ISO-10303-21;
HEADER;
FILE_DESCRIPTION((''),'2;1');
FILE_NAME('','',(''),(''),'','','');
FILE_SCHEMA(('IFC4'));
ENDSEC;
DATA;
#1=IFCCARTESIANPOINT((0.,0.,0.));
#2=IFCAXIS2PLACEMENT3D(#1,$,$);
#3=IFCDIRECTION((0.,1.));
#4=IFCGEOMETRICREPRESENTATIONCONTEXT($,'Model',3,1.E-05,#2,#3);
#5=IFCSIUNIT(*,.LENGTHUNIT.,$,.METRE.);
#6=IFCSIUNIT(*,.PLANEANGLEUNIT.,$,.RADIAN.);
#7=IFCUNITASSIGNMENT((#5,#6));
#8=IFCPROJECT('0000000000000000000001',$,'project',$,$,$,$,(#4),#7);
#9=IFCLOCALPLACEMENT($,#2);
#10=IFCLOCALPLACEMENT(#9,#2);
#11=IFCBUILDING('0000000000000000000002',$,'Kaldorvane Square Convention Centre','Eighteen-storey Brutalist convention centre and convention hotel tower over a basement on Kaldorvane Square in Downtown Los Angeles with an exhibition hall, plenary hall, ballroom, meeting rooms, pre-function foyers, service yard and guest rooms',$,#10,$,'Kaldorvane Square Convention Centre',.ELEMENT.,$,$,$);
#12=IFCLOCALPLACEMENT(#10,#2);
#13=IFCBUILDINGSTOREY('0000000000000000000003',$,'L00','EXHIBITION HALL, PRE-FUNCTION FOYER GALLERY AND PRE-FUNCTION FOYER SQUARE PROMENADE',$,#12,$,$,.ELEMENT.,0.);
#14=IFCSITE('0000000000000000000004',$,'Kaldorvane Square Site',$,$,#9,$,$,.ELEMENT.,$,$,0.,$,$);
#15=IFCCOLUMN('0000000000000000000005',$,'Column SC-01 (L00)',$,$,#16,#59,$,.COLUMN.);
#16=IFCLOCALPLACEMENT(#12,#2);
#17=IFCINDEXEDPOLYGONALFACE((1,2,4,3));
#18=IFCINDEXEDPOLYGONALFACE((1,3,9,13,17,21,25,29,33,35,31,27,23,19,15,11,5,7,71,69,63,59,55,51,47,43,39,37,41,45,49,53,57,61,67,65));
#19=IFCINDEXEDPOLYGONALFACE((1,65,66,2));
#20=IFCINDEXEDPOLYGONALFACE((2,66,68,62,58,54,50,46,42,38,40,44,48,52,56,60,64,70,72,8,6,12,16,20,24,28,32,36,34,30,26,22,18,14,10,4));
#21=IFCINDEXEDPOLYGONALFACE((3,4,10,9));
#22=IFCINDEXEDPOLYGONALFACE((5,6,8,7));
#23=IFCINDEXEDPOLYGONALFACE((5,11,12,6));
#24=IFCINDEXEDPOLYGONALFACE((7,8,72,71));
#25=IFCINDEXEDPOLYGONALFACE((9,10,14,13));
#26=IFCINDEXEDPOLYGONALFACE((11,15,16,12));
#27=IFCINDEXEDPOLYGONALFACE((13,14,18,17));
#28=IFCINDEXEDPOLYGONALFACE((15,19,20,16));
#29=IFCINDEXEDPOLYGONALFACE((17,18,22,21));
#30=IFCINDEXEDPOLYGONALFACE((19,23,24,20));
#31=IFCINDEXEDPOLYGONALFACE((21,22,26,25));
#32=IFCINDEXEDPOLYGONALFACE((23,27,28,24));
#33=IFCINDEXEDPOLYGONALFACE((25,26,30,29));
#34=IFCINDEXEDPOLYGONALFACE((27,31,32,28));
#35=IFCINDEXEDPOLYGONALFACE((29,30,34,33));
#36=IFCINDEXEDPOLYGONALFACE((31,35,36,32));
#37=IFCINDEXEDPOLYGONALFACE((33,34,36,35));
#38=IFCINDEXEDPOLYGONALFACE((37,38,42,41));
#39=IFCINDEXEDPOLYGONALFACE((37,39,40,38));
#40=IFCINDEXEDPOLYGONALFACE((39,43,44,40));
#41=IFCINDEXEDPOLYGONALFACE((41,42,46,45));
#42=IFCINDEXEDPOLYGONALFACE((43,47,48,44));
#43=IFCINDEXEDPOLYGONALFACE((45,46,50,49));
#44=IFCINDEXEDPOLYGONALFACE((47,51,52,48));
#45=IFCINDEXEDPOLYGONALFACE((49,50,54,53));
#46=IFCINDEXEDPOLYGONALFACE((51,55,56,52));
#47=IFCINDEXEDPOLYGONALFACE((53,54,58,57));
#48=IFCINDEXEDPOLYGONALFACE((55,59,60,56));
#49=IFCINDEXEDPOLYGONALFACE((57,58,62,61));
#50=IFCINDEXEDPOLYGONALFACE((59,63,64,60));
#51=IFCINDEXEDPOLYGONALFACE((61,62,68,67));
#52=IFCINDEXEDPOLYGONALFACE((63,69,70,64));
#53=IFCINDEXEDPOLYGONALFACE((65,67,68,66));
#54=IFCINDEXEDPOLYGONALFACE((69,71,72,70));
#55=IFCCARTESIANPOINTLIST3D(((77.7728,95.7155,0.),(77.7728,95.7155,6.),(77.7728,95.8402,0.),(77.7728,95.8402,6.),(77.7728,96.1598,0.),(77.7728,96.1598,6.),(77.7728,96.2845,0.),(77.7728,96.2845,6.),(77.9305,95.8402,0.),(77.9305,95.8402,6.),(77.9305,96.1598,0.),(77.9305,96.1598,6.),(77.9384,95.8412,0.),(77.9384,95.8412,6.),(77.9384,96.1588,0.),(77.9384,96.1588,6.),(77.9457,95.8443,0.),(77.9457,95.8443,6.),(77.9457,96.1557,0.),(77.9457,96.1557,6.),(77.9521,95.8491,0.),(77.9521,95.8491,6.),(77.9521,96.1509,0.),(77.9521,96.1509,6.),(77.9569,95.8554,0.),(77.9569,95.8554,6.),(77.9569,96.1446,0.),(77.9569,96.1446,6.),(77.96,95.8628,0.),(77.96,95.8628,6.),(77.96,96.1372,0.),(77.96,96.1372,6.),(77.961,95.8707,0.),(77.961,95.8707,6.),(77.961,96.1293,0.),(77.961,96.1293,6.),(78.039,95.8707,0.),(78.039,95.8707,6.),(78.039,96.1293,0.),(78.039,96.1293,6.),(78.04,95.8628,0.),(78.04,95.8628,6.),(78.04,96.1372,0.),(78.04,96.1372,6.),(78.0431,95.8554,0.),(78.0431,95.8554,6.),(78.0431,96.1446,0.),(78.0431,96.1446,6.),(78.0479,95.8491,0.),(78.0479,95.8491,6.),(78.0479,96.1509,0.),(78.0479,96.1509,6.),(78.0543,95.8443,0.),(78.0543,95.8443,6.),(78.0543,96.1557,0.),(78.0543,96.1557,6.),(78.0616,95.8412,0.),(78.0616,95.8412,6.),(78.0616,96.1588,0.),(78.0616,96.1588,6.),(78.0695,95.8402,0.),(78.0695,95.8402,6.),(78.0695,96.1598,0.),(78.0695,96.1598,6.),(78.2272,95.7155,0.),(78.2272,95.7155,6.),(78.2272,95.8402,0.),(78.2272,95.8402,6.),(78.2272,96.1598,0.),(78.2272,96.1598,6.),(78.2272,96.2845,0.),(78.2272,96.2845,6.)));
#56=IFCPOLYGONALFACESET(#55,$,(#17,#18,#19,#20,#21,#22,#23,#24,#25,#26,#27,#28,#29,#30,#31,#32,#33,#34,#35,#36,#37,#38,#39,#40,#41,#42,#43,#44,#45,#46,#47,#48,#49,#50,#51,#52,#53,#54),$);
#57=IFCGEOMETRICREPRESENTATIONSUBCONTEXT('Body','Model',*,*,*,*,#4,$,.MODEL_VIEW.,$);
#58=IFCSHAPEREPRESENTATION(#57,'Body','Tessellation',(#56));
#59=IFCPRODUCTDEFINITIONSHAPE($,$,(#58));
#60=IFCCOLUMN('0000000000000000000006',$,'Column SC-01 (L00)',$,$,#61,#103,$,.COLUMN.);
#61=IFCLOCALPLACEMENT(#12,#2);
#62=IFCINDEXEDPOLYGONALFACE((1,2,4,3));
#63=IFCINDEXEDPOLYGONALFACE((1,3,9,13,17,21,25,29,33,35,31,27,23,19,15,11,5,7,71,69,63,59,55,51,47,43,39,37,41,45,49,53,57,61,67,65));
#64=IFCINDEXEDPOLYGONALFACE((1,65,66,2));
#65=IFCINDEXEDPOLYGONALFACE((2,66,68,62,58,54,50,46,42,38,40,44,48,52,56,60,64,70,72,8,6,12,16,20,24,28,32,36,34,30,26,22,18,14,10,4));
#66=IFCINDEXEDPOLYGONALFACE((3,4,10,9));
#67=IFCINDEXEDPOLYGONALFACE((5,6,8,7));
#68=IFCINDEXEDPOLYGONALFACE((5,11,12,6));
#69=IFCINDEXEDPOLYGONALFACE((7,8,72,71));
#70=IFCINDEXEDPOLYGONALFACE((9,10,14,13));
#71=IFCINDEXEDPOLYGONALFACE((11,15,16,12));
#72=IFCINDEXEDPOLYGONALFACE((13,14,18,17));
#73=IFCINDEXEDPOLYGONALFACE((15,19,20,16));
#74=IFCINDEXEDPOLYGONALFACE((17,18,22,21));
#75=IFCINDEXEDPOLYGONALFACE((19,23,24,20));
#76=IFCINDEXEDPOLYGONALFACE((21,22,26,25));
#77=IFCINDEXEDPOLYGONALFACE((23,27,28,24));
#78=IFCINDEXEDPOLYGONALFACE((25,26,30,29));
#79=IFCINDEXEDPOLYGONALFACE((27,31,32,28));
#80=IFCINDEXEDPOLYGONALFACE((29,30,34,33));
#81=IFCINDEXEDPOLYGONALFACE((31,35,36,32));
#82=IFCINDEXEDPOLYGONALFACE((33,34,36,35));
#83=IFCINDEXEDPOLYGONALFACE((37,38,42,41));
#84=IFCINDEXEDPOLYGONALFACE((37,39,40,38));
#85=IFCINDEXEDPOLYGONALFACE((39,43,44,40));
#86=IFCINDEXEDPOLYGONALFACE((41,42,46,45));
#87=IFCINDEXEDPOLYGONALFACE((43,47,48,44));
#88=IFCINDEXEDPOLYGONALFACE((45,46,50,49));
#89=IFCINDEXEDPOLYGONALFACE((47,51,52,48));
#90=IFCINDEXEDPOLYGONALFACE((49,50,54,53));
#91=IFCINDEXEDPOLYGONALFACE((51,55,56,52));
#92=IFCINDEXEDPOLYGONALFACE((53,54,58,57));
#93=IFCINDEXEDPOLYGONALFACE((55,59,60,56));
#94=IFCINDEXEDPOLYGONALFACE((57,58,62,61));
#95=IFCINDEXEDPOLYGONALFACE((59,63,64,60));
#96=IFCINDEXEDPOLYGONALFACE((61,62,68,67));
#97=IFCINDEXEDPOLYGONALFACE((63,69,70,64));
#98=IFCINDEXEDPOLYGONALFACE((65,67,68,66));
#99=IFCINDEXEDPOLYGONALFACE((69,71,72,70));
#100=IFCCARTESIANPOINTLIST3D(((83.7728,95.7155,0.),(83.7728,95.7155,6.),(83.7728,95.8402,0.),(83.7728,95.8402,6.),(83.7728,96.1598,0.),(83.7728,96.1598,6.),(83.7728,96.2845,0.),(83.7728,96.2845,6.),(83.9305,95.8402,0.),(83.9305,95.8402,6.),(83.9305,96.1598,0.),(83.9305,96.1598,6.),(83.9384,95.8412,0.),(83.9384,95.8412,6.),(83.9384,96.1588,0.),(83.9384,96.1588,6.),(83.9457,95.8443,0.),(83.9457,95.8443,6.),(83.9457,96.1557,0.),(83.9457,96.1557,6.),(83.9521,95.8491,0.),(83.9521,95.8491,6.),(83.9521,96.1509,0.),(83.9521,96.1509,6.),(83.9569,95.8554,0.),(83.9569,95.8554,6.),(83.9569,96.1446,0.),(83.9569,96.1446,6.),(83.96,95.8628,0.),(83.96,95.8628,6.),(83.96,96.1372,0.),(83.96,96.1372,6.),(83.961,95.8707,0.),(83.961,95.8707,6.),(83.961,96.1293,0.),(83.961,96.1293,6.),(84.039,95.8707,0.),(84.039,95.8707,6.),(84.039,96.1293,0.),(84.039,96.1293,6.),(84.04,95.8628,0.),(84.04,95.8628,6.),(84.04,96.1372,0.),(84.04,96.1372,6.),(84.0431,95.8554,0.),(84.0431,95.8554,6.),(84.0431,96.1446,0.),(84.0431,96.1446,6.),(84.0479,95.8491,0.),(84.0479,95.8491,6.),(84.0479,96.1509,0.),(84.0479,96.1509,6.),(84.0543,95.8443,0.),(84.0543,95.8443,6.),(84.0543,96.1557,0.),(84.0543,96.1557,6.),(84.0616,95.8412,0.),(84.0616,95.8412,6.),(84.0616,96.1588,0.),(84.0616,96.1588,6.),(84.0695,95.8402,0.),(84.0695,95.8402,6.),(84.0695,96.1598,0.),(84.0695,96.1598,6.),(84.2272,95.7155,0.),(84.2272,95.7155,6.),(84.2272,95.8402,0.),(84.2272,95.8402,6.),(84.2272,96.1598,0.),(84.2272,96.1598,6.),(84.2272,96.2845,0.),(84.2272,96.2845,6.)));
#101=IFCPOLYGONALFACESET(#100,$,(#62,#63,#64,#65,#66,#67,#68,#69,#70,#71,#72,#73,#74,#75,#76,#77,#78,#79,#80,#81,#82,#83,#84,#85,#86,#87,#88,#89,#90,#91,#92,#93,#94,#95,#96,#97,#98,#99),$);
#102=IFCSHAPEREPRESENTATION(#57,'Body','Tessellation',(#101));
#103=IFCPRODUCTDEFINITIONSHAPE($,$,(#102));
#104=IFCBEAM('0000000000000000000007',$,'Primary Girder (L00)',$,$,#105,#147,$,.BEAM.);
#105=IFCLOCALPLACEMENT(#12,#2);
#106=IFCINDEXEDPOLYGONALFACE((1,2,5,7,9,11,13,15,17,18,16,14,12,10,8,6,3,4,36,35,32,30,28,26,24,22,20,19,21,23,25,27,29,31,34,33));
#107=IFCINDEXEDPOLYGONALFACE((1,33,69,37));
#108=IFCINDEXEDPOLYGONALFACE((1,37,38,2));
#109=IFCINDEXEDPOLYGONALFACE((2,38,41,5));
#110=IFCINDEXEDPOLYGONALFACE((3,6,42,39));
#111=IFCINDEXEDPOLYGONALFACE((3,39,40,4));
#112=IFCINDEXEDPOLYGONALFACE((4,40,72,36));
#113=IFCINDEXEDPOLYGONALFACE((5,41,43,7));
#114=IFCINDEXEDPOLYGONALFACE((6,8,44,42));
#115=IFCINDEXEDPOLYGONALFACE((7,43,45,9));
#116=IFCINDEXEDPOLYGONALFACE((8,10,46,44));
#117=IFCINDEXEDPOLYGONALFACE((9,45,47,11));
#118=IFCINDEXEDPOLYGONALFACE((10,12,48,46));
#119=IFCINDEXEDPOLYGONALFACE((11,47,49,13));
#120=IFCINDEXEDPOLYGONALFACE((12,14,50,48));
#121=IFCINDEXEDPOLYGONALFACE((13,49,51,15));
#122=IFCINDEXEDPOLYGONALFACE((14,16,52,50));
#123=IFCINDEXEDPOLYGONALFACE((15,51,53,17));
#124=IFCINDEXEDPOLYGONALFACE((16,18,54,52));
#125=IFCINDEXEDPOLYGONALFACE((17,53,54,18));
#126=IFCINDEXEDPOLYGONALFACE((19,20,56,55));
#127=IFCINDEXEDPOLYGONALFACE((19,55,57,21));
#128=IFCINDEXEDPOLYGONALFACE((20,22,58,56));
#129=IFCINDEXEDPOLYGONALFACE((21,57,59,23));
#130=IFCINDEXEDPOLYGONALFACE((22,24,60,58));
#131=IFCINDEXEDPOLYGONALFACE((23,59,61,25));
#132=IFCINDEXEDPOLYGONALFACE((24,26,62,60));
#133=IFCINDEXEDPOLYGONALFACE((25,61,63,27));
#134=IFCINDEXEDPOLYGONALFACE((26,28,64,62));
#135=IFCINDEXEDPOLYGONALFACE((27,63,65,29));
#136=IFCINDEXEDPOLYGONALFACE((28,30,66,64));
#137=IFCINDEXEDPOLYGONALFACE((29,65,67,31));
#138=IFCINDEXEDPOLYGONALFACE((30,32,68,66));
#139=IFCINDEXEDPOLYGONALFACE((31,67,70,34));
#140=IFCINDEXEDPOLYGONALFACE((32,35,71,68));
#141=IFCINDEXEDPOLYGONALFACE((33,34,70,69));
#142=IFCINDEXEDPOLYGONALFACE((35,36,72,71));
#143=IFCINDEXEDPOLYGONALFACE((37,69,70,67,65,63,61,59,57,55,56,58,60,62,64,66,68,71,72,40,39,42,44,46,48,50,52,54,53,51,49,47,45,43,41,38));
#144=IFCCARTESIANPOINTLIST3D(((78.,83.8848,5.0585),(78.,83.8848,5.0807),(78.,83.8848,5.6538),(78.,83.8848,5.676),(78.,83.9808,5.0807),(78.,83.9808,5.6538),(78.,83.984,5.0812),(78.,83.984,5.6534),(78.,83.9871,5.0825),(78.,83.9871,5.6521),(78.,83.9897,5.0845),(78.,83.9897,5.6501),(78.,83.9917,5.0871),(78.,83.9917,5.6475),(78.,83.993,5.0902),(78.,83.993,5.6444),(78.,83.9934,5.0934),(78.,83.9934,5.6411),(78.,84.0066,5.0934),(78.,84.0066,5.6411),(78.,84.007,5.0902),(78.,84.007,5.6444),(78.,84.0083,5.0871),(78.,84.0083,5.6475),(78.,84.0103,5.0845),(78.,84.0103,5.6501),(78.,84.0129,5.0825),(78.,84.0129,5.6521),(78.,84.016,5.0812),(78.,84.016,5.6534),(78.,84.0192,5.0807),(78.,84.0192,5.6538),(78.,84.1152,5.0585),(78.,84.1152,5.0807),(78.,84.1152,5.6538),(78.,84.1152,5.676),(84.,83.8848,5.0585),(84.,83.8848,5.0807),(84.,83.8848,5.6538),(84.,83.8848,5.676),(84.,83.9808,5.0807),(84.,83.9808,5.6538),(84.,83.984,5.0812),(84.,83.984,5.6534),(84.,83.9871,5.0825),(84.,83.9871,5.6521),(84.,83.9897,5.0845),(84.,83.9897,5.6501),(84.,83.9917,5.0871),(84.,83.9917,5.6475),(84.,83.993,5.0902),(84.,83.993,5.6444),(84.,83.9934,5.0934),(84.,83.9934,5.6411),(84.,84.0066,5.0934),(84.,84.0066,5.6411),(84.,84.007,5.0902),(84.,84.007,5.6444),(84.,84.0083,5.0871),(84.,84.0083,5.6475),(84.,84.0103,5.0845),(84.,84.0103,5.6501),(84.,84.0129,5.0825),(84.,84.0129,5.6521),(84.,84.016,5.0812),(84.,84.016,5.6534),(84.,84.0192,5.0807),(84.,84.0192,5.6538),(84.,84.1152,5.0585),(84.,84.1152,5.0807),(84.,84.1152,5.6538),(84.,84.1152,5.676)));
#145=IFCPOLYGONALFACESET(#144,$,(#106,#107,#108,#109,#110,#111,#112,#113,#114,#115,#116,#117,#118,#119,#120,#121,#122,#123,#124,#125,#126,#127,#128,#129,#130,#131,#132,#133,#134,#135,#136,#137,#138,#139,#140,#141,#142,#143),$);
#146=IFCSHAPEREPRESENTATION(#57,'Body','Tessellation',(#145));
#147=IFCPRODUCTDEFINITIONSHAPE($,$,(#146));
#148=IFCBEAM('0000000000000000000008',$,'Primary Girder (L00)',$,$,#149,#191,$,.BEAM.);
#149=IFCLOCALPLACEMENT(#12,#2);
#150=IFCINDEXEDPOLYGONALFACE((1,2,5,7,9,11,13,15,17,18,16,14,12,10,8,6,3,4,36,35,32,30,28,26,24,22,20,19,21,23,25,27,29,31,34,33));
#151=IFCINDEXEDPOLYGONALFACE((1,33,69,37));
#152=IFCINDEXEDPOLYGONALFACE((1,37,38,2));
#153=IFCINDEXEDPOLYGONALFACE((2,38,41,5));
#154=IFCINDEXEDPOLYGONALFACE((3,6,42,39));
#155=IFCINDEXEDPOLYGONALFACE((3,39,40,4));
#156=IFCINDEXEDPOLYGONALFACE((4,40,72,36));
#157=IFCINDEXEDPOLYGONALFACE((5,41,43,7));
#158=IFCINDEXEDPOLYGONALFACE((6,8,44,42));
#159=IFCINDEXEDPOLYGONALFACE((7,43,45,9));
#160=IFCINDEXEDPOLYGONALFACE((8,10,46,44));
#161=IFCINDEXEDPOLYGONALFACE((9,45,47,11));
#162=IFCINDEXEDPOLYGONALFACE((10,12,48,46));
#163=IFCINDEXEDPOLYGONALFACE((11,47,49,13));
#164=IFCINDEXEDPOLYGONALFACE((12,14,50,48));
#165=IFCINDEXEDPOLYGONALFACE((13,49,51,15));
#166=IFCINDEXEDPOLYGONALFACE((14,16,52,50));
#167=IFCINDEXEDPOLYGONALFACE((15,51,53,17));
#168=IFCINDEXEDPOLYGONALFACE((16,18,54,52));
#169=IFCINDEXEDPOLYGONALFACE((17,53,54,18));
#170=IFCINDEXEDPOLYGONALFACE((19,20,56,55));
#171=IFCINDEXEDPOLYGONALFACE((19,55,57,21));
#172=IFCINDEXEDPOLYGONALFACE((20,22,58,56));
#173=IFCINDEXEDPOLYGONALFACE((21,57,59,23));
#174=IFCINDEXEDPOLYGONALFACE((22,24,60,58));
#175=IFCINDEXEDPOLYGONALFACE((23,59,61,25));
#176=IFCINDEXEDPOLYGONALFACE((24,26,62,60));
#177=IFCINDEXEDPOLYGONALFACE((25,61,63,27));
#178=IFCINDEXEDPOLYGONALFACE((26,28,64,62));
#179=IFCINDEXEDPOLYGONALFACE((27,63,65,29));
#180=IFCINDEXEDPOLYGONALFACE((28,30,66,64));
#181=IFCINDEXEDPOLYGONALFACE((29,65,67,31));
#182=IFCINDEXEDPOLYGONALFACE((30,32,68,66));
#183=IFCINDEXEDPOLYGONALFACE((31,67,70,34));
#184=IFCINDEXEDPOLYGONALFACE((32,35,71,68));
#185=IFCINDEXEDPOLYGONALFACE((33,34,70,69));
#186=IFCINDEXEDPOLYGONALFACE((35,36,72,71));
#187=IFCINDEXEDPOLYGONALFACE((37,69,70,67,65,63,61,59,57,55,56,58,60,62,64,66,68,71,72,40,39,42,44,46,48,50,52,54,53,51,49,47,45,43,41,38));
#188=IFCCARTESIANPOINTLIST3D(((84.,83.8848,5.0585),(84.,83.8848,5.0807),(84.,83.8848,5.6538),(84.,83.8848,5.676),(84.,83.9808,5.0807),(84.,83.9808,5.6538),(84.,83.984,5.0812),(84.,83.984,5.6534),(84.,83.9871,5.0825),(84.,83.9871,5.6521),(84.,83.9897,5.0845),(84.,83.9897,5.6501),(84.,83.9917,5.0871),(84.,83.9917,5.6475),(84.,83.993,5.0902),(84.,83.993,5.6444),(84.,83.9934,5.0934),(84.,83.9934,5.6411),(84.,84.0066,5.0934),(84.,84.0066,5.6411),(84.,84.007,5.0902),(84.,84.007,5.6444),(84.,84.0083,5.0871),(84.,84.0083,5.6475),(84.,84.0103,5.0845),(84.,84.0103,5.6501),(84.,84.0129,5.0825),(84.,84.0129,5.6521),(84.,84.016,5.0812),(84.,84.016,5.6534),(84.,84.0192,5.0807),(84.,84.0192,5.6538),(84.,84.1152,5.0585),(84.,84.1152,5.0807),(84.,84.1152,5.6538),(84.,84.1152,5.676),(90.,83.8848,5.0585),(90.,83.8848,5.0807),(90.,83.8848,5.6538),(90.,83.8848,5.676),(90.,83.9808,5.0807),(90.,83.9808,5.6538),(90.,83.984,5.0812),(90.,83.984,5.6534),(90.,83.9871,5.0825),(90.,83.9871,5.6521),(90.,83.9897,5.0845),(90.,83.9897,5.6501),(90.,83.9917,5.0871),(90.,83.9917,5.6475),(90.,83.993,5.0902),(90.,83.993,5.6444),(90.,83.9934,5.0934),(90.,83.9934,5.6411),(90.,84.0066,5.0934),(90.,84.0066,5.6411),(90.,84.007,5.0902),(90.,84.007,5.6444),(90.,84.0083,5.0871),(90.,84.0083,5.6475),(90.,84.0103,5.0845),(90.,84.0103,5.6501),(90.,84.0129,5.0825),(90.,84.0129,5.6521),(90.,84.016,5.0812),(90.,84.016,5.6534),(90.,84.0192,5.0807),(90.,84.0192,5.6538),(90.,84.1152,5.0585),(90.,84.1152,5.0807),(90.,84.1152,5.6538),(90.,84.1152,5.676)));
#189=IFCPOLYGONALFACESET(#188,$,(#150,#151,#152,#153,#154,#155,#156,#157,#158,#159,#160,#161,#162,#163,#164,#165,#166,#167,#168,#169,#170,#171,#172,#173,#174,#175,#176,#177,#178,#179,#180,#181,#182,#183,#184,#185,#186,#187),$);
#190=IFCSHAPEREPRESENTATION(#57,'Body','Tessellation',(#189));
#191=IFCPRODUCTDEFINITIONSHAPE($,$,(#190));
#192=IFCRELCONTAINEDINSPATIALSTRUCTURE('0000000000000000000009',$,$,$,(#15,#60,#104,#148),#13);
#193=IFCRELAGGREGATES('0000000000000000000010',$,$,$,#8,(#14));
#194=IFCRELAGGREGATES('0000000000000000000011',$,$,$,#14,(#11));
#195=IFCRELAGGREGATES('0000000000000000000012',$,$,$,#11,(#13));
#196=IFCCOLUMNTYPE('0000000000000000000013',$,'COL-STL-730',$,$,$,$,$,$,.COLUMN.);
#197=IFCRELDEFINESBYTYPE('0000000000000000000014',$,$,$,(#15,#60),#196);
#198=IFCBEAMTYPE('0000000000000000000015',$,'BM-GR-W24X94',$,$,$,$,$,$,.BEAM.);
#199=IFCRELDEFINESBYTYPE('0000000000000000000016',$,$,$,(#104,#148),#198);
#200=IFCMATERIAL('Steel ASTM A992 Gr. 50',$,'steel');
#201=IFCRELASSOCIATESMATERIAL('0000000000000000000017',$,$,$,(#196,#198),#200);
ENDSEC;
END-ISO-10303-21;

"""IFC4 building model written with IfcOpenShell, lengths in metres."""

from ifc_helpers import new_model, si_unit, direction, frame, origin, origin_2d, place, context, subcontext, project, spatial, i_section, extrude, material, material_profile, profile_set, type_object, element, save


model = new_model("IFC4")

# Units and contexts
model_context = context("Model", 3, precision=1e-05, world=origin(), true_north=direction((0.0, 1.0)))
body_context = subcontext(model_context, "Body", "Model", "MODEL_VIEW")
ifc_project = project(units=[si_unit("LENGTHUNIT", "METRE"), si_unit("PLANEANGLEUNIT", "RADIAN")], contexts=[model_context])

# Site, building, storey
site_placement = place(None, origin())
site = spatial("IfcSite", under=ifc_project, at=site_placement, Name="Kaldorvane Square Site", CompositionType="ELEMENT", RefElevation=0.0)
building_placement = place(site_placement, origin())
building = spatial("IfcBuilding", under=site, at=building_placement, Name="Kaldorvane Square Convention Centre", Description="Eighteen-storey Brutalist convention centre and convention hotel tower over a basement on Kaldorvane Square in Downtown Los Angeles with an exhibition hall, plenary hall, ballroom, meeting rooms, pre-function foyers, service yard and guest rooms", LongName="Kaldorvane Square Convention Centre", CompositionType="ELEMENT")
storey_placement = place(building_placement, origin())
storey = spatial("IfcBuildingStorey", under=building, at=storey_placement, Name="L00", Description="EXHIBITION HALL, PRE-FUNCTION FOYER GALLERY AND PRE-FUNCTION FOYER SQUARE PROMENADE", CompositionType="ELEMENT", Elevation=0.0)

# Columns
ifc_material_1 = material(Name="Steel ASTM A992 Gr. 50", Category="steel")
ifc_material_profile_1 = material_profile(ifc_material_1, i_section(OverallWidth=0.4544, OverallDepth=0.569, WebThickness=0.078, FlangeThickness=0.1247, FilletRadius=0.0305, at=origin_2d()), Name="W14X730")
ifc_profile_set_1 = profile_set([ifc_material_profile_1], Name="Steel ASTM A992 Gr. 50")
column_type_1 = type_object("IfcColumnType", Name="COL-STL-730", PredefinedType="COLUMN", material=ifc_profile_set_1)
for number, where, z_axis, x_axis, name in (
    (1, (78.0, 96.0, 0.0), (0.0, 0.0, 1.0), (1.0, 0.0, 0.0), "Column SC-01 (L00)"),
    (2, (84.0, 96.0, 0.0), (0.0, 0.0, 1.0), (1.0, 0.0, 0.0), "Column SC-01 (L00)"),
):
    element("IfcColumn", number, at=place(storey_placement, frame(where, z_axis=z_axis, x_axis=x_axis)), inside=storey, type_object=column_type_1, Name=name, PredefinedType="COLUMN", context=body_context, shape_type="SweptSolid", body=[
        extrude(i_section(OverallWidth=0.4544, OverallDepth=0.569, WebThickness=0.078, FlangeThickness=0.1247, FilletRadius=0.0305, at=origin_2d()), origin(), (0.0, 0.0, 1.0), 6.0),
    ])

# Beams
ifc_material_profile_2 = material_profile(ifc_material_1, i_section(OverallWidth=0.2303, OverallDepth=0.6175, WebThickness=0.0131, FlangeThickness=0.0222, FilletRadius=0.0127, at=origin_2d()), Name="W24X94")
ifc_profile_set_2 = profile_set([ifc_material_profile_2], Name="Steel ASTM A992 Gr. 50")
beam_type_1 = type_object("IfcBeamType", Name="BM-GR-W24X94", PredefinedType="BEAM", material=ifc_profile_set_2)
for number, where, z_axis, x_axis, name in (
    (3, (78.0, 84.0, 5.3673), (1.0, 0.0, 0.0), (0.0, 1.0, 0.0), "Primary Girder (L00)"),
    (4, (84.0, 84.0, 5.3673), (1.0, 0.0, 0.0), (0.0, 1.0, 0.0), "Primary Girder (L00)"),
):
    element("IfcBeam", number, at=place(storey_placement, frame(where, z_axis=z_axis, x_axis=x_axis)), inside=storey, type_object=beam_type_1, Name=name, PredefinedType="BEAM", context=body_context, shape_type="SweptSolid", body=[
        extrude(i_section(OverallWidth=0.2303, OverallDepth=0.6175, WebThickness=0.0131, FlangeThickness=0.0222, FilletRadius=0.0127, at=origin_2d()), origin(), (0.0, 0.0, 1.0), 6.0),
    ])

save(model, "model.ifc")
